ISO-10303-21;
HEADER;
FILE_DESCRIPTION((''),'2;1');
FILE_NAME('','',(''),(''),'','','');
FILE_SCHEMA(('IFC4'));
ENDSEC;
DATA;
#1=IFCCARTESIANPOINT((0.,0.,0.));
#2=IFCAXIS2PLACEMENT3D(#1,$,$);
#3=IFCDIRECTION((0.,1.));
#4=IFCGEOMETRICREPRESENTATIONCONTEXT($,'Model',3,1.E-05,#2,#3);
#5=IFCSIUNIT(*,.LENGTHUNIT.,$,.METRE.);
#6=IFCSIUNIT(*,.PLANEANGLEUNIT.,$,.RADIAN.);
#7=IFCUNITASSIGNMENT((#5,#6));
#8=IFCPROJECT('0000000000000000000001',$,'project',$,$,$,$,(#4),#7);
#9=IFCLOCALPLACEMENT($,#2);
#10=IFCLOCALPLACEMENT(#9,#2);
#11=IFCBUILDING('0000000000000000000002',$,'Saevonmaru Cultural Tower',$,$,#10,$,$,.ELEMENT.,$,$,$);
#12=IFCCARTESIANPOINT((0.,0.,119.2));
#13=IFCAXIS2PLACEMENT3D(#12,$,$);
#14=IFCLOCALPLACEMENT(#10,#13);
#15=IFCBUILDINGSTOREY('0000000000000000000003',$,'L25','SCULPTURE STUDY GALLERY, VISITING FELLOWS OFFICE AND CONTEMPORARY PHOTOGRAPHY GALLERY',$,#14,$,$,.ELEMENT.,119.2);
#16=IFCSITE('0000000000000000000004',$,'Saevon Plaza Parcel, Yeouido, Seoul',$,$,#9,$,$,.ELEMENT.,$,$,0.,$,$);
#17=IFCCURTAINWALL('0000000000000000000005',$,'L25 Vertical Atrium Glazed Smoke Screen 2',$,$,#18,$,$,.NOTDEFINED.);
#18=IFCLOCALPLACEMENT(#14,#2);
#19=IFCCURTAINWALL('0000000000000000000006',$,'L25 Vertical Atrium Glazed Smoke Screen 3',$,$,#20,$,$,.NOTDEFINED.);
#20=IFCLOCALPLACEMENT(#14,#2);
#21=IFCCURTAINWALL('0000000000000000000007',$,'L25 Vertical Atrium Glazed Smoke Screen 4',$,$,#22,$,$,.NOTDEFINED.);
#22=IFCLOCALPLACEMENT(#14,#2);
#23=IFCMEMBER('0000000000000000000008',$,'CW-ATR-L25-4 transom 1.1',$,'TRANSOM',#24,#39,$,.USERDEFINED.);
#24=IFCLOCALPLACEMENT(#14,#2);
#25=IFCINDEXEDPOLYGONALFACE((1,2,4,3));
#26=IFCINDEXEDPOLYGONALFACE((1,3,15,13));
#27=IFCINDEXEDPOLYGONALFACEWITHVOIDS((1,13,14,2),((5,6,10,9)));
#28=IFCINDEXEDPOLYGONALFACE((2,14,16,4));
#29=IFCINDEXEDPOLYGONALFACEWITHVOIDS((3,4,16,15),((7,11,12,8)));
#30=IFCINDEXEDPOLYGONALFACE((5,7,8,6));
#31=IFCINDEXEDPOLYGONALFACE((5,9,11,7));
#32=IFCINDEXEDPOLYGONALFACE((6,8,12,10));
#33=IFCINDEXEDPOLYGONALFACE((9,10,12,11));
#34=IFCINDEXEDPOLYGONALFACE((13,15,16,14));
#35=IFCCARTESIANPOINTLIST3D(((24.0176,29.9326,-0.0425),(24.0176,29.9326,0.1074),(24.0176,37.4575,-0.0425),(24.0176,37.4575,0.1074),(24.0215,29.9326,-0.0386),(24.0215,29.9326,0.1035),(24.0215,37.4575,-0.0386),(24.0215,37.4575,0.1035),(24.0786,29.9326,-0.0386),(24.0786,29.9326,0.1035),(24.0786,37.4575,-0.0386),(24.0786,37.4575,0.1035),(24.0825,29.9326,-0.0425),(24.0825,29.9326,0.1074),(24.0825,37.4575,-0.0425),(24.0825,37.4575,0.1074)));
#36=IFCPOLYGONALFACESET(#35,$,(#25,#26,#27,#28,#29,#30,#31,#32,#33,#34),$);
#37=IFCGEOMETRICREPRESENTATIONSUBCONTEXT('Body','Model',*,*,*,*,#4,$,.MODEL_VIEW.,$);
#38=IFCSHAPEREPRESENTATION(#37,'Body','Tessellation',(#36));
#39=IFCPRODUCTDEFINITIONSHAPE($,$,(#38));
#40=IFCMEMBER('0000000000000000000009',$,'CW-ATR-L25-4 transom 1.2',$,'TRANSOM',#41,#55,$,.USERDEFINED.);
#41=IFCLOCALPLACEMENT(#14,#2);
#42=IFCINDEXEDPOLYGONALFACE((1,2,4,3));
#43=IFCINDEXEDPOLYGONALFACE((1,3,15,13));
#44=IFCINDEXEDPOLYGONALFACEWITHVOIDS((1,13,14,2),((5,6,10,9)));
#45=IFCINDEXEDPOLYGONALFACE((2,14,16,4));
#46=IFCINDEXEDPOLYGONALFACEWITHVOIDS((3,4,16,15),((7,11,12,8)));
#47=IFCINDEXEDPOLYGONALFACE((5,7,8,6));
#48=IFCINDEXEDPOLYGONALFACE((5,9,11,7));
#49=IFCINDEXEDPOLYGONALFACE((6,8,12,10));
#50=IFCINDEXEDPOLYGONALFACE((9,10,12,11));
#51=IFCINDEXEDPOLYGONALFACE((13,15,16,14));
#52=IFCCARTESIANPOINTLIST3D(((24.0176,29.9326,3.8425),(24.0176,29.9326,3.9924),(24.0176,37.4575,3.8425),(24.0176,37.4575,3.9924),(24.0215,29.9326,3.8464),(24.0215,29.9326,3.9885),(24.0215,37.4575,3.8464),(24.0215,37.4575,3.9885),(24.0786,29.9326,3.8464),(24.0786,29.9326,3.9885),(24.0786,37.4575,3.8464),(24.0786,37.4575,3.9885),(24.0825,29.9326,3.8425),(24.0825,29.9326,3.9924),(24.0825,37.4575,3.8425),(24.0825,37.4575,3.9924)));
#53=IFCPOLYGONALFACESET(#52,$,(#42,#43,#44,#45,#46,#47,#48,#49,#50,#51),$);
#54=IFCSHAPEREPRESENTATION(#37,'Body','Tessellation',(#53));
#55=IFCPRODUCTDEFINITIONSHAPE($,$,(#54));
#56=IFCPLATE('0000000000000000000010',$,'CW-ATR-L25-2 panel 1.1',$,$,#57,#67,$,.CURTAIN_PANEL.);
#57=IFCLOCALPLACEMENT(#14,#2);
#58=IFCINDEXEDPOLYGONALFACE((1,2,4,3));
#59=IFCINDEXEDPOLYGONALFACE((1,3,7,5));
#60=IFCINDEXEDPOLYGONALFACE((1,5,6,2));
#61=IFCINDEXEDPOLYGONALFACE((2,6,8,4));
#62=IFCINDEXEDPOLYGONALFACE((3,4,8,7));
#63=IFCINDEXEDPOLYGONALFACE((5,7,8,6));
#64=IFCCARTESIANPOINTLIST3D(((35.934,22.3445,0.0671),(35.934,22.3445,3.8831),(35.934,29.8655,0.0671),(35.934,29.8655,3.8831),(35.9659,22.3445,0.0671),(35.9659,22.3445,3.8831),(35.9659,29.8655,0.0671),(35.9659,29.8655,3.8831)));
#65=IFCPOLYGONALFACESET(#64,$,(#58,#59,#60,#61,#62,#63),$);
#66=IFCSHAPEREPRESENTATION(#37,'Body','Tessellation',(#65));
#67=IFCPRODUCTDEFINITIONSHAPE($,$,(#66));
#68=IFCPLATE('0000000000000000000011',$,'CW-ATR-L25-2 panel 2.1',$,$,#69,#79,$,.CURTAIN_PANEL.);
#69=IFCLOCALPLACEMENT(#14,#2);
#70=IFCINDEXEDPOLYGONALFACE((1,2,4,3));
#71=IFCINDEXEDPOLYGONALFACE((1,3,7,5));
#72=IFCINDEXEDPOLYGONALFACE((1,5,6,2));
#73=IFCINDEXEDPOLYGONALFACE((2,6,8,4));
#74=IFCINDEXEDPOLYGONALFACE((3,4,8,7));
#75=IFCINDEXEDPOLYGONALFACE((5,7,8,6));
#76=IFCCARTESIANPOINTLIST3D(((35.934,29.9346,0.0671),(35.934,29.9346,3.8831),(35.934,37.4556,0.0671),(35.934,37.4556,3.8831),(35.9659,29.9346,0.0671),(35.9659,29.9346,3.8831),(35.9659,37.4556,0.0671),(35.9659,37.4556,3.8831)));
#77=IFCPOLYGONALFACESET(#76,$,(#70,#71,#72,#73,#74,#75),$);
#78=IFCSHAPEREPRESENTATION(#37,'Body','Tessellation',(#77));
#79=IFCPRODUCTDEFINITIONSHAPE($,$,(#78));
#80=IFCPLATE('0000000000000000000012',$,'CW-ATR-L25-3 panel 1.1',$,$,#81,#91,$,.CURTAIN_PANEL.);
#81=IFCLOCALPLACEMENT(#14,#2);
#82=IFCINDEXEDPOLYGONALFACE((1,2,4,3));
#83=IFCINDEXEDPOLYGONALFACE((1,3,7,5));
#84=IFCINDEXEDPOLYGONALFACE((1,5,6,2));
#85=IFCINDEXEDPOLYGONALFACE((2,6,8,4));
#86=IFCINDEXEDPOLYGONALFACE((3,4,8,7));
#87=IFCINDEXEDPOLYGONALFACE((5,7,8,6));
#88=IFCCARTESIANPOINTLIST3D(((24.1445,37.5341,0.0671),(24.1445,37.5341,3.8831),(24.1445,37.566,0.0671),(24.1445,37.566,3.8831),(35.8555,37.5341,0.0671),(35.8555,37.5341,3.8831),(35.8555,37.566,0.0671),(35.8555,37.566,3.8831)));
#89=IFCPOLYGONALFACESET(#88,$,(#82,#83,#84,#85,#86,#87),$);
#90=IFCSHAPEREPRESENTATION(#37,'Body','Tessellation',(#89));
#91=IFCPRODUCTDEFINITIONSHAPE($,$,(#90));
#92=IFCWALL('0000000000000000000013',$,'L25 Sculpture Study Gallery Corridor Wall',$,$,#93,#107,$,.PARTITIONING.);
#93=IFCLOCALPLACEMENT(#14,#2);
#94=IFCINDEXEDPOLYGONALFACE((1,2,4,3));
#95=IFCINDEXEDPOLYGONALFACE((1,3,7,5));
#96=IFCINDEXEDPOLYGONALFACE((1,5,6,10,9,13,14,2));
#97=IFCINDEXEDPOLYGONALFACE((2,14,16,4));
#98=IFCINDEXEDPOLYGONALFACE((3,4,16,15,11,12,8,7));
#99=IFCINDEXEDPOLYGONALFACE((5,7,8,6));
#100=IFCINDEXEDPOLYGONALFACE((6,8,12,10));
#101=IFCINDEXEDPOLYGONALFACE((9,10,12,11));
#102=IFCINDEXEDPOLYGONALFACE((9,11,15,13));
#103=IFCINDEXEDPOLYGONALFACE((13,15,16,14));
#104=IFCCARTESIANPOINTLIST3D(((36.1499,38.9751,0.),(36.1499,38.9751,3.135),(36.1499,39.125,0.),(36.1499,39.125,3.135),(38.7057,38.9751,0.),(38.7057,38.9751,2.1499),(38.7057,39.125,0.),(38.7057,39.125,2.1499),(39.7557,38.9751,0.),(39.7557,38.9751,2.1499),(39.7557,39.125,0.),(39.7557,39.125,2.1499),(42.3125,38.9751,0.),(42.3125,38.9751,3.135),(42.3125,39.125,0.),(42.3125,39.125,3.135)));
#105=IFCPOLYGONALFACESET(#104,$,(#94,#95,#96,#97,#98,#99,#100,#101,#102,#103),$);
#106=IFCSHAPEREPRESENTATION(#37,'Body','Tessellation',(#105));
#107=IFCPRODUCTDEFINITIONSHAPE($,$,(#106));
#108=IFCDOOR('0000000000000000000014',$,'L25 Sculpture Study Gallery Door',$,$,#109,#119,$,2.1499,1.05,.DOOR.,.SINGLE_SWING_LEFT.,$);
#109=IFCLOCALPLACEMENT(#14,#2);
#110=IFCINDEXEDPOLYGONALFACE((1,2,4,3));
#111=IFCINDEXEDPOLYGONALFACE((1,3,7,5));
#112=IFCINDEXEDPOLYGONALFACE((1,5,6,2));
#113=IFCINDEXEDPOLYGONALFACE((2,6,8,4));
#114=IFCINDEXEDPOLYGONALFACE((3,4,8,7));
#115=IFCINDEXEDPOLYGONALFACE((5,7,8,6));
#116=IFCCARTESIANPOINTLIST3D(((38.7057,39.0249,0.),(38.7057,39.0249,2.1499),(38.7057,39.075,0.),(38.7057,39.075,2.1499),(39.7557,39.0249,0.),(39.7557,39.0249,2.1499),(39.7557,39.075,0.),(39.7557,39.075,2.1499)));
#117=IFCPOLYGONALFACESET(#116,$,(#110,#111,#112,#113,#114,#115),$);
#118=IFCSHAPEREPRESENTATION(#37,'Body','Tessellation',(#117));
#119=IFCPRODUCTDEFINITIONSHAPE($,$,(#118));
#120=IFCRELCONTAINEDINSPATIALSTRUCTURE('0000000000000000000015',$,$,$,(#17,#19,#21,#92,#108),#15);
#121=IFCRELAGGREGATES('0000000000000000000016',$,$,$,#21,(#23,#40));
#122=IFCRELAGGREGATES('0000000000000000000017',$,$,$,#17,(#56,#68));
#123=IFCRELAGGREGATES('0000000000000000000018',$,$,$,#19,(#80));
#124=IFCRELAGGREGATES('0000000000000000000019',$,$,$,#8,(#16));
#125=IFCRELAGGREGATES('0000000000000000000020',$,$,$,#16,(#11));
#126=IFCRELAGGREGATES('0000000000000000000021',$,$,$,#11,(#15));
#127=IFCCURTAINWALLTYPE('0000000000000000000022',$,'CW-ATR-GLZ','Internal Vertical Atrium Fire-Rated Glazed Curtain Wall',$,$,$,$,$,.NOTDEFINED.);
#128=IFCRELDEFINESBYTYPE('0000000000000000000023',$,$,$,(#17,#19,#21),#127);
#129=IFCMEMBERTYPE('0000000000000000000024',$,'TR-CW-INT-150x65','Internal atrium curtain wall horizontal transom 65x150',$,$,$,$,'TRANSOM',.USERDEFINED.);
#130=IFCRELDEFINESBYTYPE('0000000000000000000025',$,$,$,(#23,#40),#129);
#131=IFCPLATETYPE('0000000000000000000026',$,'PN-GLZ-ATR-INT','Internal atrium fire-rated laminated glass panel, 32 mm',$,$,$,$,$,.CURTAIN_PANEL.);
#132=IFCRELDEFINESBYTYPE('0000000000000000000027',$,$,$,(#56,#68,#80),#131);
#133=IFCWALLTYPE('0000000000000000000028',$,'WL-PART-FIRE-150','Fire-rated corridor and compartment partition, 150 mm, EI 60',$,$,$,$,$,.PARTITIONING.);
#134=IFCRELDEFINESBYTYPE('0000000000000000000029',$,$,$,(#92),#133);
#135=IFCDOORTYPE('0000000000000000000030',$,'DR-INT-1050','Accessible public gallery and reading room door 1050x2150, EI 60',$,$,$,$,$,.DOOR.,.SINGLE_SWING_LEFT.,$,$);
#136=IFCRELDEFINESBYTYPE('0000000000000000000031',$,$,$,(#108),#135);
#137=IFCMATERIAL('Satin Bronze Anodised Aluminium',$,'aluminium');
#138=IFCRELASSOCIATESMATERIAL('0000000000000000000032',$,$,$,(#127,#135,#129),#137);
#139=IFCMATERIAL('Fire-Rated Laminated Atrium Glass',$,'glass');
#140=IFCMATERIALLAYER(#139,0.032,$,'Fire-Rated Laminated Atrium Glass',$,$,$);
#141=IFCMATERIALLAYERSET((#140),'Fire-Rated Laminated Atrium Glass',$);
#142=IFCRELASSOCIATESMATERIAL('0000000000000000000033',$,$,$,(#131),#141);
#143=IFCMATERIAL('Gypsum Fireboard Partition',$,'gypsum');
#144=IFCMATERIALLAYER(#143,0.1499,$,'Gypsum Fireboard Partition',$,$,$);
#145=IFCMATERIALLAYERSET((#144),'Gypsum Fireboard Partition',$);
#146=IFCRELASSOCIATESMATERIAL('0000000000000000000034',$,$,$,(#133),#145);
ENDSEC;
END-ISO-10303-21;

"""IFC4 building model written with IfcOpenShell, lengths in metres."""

from ifc_helpers import new_model, si_unit, direction, frame, frame_2d, origin, origin_2d, place, context, subcontext, project, spatial, rectangle, hollow_rectangle, extrude, material, layer, layer_set, material_profile, profile_set, type_object, element, fill, aggregate, save


model = new_model("IFC4")

# Units and contexts
model_context = context("Model", 3, precision=1e-05, world=origin(), true_north=direction((0.0, 1.0)))
body_context = subcontext(model_context, "Body", "Model", "MODEL_VIEW")
ifc_project = project(units=[si_unit("LENGTHUNIT", "METRE"), si_unit("PLANEANGLEUNIT", "RADIAN")], contexts=[model_context])

# Site, building, storey
site_placement = place(None, origin())
site = spatial("IfcSite", under=ifc_project, at=site_placement, Name="Saevon Plaza Parcel, Yeouido, Seoul", CompositionType="ELEMENT", RefElevation=0.0)
building_placement = place(site_placement, origin())
building = spatial("IfcBuilding", under=site, at=building_placement, Name="Saevonmaru Cultural Tower", CompositionType="ELEMENT")
storey_placement = place(building_placement, frame((0.0, 0.0, 119.2)))
storey = spatial("IfcBuildingStorey", under=building, at=storey_placement, Name="L25", Description="SCULPTURE STUDY GALLERY, VISITING FELLOWS OFFICE AND CONTEMPORARY PHOTOGRAPHY GALLERY", CompositionType="ELEMENT", Elevation=119.2)

# Curtain walls
ifc_material_1 = material(Name="Satin Bronze Anodised Aluminium", Category="aluminium")
curtain_wall_type = type_object("IfcCurtainWallType", Name="CW-ATR-GLZ", Description="Internal Vertical Atrium Fire-Rated Glazed Curtain Wall", PredefinedType="NOTDEFINED", material=ifc_material_1)
curtain_wall_1_placement = place(storey_placement, origin())
curtain_wall_1 = element("IfcCurtainWall", 1, at=curtain_wall_1_placement, inside=storey, type_object=curtain_wall_type, Name="L25 Vertical Atrium Glazed Smoke Screen 2", PredefinedType="NOTDEFINED")
curtain_wall_2_placement = place(storey_placement, origin())
curtain_wall_2 = element("IfcCurtainWall", 2, at=curtain_wall_2_placement, inside=storey, type_object=curtain_wall_type, Name="L25 Vertical Atrium Glazed Smoke Screen 3", PredefinedType="NOTDEFINED")

# Curtain wall
curtain_wall_3_placement = place(storey_placement, origin())
curtain_wall_3 = element("IfcCurtainWall", 3, at=curtain_wall_3_placement, inside=storey, type_object=curtain_wall_type, Name="L25 Vertical Atrium Glazed Smoke Screen 4", PredefinedType="NOTDEFINED")

# Members
ifc_material_profile_1 = material_profile(ifc_material_1, hollow_rectangle(XDim=0.0649, YDim=0.1499, WallThickness=0.0039, at=origin_2d()), Name="ALU-TRAN-150x65x4")
ifc_profile_set_1 = profile_set([ifc_material_profile_1], Name="Satin Bronze Anodised Aluminium")
member_type_1 = type_object("IfcMemberType", Name="TR-CW-INT-150x65", Description="Internal atrium curtain wall horizontal transom 65x150", ElementType="TRANSOM", PredefinedType="USERDEFINED", material=ifc_profile_set_1)
member_1_placement = place(storey_placement, frame((24.05, 37.4575, 0.0325), z_axis=(0.0, -1.0, 0.0), x_axis=(1.0, 0.0, 0.0)))
member_1 = element("IfcMember", 4, at=member_1_placement, type_object=member_type_1, Name="CW-ATR-L25-4 transom 1.1", ObjectType="TRANSOM", PredefinedType="USERDEFINED", context=body_context, shape_type="SweptSolid", body=[
    extrude(hollow_rectangle(XDim=0.0649, YDim=0.1499, WallThickness=0.0039, at=origin_2d()), origin(), (0.0, 0.0, 1.0), 7.5249),
])
member_2_placement = place(storey_placement, frame((24.05, 37.4575, 3.9175), z_axis=(0.0, -1.0, 0.0), x_axis=(1.0, 0.0, 0.0)))
member_2 = element("IfcMember", 5, at=member_2_placement, type_object=member_type_1, Name="CW-ATR-L25-4 transom 1.2", ObjectType="TRANSOM", PredefinedType="USERDEFINED", context=body_context, shape_type="SweptSolid", body=[
    extrude(hollow_rectangle(XDim=0.0649, YDim=0.1499, WallThickness=0.0039, at=origin_2d()), origin(), (0.0, 0.0, 1.0), 7.5249),
])
aggregate(curtain_wall_3, [member_1, member_2])

# Plates
ifc_material_2 = material(Name="Fire-Rated Laminated Atrium Glass", Category="glass")
ifc_layer_1 = layer(ifc_material_2, 0.032, Name="Fire-Rated Laminated Atrium Glass")
ifc_layer_set_1 = layer_set([ifc_layer_1], Name="Fire-Rated Laminated Atrium Glass")
plate_type = type_object("IfcPlateType", Name="PN-GLZ-ATR-INT", Description="Internal atrium fire-rated laminated glass panel, 32 mm", PredefinedType="CURTAIN_PANEL", material=ifc_layer_set_1)
plate_1_placement = place(storey_placement, frame((35.95, 26.105, 0.0671), z_axis=(0.0, 0.0, 1.0), x_axis=(0.0, 1.0, 0.0)))
plate_1 = element("IfcPlate", 6, at=plate_1_placement, type_object=plate_type, Name="CW-ATR-L25-2 panel 1.1", PredefinedType="CURTAIN_PANEL", context=body_context, shape_type="SweptSolid", body=[
    extrude(rectangle(XDim=7.521, YDim=0.032, at=origin_2d()), origin(), (0.0, 0.0, 1.0), 3.8159),
])
plate_2_placement = place(storey_placement, frame((35.95, 33.6951, 0.0671), z_axis=(0.0, 0.0, 1.0), x_axis=(0.0, 1.0, 0.0)))
plate_2 = element("IfcPlate", 7, at=plate_2_placement, type_object=plate_type, Name="CW-ATR-L25-2 panel 2.1", PredefinedType="CURTAIN_PANEL", context=body_context, shape_type="SweptSolid", body=[
    extrude(rectangle(XDim=7.521, YDim=0.032, at=origin_2d()), origin(), (0.0, 0.0, 1.0), 3.8159),
])
aggregate(curtain_wall_1, [plate_1, plate_2])
plate_3_placement = place(storey_placement, frame((30.0, 37.55, 0.0671), z_axis=(0.0, 0.0, 1.0), x_axis=(-1.0, 0.0, 0.0)))
plate_3 = element("IfcPlate", 8, at=plate_3_placement, type_object=plate_type, Name="CW-ATR-L25-3 panel 1.1", PredefinedType="CURTAIN_PANEL", context=body_context, shape_type="SweptSolid", body=[
    extrude(rectangle(XDim=11.7109, YDim=0.032, at=origin_2d()), origin(), (0.0, 0.0, 1.0), 3.8159),
])
aggregate(curtain_wall_2, [plate_3])

# Wall, opening, door
ifc_material_3 = material(Name="Gypsum Fireboard Partition", Category="gypsum")
ifc_layer_2 = layer(ifc_material_3, 0.1499, Name="Gypsum Fireboard Partition")
ifc_layer_set_2 = layer_set([ifc_layer_2], Name="Gypsum Fireboard Partition")
wall_type = type_object("IfcWallType", Name="WL-PART-FIRE-150", Description="Fire-rated corridor and compartment partition, 150 mm, EI 60", PredefinedType="PARTITIONING", material=ifc_layer_set_2)
wall_placement = place(storey_placement, frame((36.1499, 39.05, 0.0), z_axis=(0.0, 0.0, 1.0), x_axis=(1.0, 0.0, 0.0)))
wall = element("IfcWall", 9, at=wall_placement, inside=storey, type_object=wall_type, Name="L25 Sculpture Study Gallery Corridor Wall", PredefinedType="PARTITIONING", context=body_context, shape_type="SweptSolid", body=[
    extrude(rectangle(XDim=6.1626, YDim=0.1499, at=frame_2d((3.0813, 0.0))), origin(), (0.0, 0.0, 1.0), 3.135),
])
opening_placement = place(wall_placement, frame((2.5559, 0.0, 0.0)))
opening = element("IfcOpeningElement", 10, at=opening_placement, cuts=wall, PredefinedType="OPENING", context=body_context, shape_type="SweptSolid", body=[
    extrude(rectangle(XDim=1.05, YDim=2.1499, at=frame_2d((0.5249, 1.075))), frame((0.0, 0.085, 0.0), z_axis=(0.0, -1.0, 0.0), x_axis=(1.0, 0.0, 0.0)), (0.0, 0.0, 1.0), 0.1699),
])
door_type = type_object("IfcDoorType", Name="DR-INT-1050", Description="Accessible public gallery and reading room door 1050x2150, EI 60", OperationType="SINGLE_SWING_LEFT", PredefinedType="DOOR", material=ifc_material_1)
door_placement = place(opening_placement, origin())
door = element("IfcDoor", 11, at=door_placement, inside=storey, type_object=door_type, Name="L25 Sculpture Study Gallery Door", OperationType="SINGLE_SWING_LEFT", OverallHeight=2.1499, OverallWidth=1.05, PredefinedType="DOOR", context=body_context, shape_type="SweptSolid", body=[
    extrude(rectangle(XDim=1.05, YDim=2.1499, at=frame_2d((0.5249, 1.075))), frame((0.0, 0.0249, 0.0), z_axis=(0.0, -1.0, 0.0), x_axis=(1.0, 0.0, 0.0)), (0.0, 0.0, 1.0), 0.05),
])
fill(opening, door)

save(model, "model.ifc")
